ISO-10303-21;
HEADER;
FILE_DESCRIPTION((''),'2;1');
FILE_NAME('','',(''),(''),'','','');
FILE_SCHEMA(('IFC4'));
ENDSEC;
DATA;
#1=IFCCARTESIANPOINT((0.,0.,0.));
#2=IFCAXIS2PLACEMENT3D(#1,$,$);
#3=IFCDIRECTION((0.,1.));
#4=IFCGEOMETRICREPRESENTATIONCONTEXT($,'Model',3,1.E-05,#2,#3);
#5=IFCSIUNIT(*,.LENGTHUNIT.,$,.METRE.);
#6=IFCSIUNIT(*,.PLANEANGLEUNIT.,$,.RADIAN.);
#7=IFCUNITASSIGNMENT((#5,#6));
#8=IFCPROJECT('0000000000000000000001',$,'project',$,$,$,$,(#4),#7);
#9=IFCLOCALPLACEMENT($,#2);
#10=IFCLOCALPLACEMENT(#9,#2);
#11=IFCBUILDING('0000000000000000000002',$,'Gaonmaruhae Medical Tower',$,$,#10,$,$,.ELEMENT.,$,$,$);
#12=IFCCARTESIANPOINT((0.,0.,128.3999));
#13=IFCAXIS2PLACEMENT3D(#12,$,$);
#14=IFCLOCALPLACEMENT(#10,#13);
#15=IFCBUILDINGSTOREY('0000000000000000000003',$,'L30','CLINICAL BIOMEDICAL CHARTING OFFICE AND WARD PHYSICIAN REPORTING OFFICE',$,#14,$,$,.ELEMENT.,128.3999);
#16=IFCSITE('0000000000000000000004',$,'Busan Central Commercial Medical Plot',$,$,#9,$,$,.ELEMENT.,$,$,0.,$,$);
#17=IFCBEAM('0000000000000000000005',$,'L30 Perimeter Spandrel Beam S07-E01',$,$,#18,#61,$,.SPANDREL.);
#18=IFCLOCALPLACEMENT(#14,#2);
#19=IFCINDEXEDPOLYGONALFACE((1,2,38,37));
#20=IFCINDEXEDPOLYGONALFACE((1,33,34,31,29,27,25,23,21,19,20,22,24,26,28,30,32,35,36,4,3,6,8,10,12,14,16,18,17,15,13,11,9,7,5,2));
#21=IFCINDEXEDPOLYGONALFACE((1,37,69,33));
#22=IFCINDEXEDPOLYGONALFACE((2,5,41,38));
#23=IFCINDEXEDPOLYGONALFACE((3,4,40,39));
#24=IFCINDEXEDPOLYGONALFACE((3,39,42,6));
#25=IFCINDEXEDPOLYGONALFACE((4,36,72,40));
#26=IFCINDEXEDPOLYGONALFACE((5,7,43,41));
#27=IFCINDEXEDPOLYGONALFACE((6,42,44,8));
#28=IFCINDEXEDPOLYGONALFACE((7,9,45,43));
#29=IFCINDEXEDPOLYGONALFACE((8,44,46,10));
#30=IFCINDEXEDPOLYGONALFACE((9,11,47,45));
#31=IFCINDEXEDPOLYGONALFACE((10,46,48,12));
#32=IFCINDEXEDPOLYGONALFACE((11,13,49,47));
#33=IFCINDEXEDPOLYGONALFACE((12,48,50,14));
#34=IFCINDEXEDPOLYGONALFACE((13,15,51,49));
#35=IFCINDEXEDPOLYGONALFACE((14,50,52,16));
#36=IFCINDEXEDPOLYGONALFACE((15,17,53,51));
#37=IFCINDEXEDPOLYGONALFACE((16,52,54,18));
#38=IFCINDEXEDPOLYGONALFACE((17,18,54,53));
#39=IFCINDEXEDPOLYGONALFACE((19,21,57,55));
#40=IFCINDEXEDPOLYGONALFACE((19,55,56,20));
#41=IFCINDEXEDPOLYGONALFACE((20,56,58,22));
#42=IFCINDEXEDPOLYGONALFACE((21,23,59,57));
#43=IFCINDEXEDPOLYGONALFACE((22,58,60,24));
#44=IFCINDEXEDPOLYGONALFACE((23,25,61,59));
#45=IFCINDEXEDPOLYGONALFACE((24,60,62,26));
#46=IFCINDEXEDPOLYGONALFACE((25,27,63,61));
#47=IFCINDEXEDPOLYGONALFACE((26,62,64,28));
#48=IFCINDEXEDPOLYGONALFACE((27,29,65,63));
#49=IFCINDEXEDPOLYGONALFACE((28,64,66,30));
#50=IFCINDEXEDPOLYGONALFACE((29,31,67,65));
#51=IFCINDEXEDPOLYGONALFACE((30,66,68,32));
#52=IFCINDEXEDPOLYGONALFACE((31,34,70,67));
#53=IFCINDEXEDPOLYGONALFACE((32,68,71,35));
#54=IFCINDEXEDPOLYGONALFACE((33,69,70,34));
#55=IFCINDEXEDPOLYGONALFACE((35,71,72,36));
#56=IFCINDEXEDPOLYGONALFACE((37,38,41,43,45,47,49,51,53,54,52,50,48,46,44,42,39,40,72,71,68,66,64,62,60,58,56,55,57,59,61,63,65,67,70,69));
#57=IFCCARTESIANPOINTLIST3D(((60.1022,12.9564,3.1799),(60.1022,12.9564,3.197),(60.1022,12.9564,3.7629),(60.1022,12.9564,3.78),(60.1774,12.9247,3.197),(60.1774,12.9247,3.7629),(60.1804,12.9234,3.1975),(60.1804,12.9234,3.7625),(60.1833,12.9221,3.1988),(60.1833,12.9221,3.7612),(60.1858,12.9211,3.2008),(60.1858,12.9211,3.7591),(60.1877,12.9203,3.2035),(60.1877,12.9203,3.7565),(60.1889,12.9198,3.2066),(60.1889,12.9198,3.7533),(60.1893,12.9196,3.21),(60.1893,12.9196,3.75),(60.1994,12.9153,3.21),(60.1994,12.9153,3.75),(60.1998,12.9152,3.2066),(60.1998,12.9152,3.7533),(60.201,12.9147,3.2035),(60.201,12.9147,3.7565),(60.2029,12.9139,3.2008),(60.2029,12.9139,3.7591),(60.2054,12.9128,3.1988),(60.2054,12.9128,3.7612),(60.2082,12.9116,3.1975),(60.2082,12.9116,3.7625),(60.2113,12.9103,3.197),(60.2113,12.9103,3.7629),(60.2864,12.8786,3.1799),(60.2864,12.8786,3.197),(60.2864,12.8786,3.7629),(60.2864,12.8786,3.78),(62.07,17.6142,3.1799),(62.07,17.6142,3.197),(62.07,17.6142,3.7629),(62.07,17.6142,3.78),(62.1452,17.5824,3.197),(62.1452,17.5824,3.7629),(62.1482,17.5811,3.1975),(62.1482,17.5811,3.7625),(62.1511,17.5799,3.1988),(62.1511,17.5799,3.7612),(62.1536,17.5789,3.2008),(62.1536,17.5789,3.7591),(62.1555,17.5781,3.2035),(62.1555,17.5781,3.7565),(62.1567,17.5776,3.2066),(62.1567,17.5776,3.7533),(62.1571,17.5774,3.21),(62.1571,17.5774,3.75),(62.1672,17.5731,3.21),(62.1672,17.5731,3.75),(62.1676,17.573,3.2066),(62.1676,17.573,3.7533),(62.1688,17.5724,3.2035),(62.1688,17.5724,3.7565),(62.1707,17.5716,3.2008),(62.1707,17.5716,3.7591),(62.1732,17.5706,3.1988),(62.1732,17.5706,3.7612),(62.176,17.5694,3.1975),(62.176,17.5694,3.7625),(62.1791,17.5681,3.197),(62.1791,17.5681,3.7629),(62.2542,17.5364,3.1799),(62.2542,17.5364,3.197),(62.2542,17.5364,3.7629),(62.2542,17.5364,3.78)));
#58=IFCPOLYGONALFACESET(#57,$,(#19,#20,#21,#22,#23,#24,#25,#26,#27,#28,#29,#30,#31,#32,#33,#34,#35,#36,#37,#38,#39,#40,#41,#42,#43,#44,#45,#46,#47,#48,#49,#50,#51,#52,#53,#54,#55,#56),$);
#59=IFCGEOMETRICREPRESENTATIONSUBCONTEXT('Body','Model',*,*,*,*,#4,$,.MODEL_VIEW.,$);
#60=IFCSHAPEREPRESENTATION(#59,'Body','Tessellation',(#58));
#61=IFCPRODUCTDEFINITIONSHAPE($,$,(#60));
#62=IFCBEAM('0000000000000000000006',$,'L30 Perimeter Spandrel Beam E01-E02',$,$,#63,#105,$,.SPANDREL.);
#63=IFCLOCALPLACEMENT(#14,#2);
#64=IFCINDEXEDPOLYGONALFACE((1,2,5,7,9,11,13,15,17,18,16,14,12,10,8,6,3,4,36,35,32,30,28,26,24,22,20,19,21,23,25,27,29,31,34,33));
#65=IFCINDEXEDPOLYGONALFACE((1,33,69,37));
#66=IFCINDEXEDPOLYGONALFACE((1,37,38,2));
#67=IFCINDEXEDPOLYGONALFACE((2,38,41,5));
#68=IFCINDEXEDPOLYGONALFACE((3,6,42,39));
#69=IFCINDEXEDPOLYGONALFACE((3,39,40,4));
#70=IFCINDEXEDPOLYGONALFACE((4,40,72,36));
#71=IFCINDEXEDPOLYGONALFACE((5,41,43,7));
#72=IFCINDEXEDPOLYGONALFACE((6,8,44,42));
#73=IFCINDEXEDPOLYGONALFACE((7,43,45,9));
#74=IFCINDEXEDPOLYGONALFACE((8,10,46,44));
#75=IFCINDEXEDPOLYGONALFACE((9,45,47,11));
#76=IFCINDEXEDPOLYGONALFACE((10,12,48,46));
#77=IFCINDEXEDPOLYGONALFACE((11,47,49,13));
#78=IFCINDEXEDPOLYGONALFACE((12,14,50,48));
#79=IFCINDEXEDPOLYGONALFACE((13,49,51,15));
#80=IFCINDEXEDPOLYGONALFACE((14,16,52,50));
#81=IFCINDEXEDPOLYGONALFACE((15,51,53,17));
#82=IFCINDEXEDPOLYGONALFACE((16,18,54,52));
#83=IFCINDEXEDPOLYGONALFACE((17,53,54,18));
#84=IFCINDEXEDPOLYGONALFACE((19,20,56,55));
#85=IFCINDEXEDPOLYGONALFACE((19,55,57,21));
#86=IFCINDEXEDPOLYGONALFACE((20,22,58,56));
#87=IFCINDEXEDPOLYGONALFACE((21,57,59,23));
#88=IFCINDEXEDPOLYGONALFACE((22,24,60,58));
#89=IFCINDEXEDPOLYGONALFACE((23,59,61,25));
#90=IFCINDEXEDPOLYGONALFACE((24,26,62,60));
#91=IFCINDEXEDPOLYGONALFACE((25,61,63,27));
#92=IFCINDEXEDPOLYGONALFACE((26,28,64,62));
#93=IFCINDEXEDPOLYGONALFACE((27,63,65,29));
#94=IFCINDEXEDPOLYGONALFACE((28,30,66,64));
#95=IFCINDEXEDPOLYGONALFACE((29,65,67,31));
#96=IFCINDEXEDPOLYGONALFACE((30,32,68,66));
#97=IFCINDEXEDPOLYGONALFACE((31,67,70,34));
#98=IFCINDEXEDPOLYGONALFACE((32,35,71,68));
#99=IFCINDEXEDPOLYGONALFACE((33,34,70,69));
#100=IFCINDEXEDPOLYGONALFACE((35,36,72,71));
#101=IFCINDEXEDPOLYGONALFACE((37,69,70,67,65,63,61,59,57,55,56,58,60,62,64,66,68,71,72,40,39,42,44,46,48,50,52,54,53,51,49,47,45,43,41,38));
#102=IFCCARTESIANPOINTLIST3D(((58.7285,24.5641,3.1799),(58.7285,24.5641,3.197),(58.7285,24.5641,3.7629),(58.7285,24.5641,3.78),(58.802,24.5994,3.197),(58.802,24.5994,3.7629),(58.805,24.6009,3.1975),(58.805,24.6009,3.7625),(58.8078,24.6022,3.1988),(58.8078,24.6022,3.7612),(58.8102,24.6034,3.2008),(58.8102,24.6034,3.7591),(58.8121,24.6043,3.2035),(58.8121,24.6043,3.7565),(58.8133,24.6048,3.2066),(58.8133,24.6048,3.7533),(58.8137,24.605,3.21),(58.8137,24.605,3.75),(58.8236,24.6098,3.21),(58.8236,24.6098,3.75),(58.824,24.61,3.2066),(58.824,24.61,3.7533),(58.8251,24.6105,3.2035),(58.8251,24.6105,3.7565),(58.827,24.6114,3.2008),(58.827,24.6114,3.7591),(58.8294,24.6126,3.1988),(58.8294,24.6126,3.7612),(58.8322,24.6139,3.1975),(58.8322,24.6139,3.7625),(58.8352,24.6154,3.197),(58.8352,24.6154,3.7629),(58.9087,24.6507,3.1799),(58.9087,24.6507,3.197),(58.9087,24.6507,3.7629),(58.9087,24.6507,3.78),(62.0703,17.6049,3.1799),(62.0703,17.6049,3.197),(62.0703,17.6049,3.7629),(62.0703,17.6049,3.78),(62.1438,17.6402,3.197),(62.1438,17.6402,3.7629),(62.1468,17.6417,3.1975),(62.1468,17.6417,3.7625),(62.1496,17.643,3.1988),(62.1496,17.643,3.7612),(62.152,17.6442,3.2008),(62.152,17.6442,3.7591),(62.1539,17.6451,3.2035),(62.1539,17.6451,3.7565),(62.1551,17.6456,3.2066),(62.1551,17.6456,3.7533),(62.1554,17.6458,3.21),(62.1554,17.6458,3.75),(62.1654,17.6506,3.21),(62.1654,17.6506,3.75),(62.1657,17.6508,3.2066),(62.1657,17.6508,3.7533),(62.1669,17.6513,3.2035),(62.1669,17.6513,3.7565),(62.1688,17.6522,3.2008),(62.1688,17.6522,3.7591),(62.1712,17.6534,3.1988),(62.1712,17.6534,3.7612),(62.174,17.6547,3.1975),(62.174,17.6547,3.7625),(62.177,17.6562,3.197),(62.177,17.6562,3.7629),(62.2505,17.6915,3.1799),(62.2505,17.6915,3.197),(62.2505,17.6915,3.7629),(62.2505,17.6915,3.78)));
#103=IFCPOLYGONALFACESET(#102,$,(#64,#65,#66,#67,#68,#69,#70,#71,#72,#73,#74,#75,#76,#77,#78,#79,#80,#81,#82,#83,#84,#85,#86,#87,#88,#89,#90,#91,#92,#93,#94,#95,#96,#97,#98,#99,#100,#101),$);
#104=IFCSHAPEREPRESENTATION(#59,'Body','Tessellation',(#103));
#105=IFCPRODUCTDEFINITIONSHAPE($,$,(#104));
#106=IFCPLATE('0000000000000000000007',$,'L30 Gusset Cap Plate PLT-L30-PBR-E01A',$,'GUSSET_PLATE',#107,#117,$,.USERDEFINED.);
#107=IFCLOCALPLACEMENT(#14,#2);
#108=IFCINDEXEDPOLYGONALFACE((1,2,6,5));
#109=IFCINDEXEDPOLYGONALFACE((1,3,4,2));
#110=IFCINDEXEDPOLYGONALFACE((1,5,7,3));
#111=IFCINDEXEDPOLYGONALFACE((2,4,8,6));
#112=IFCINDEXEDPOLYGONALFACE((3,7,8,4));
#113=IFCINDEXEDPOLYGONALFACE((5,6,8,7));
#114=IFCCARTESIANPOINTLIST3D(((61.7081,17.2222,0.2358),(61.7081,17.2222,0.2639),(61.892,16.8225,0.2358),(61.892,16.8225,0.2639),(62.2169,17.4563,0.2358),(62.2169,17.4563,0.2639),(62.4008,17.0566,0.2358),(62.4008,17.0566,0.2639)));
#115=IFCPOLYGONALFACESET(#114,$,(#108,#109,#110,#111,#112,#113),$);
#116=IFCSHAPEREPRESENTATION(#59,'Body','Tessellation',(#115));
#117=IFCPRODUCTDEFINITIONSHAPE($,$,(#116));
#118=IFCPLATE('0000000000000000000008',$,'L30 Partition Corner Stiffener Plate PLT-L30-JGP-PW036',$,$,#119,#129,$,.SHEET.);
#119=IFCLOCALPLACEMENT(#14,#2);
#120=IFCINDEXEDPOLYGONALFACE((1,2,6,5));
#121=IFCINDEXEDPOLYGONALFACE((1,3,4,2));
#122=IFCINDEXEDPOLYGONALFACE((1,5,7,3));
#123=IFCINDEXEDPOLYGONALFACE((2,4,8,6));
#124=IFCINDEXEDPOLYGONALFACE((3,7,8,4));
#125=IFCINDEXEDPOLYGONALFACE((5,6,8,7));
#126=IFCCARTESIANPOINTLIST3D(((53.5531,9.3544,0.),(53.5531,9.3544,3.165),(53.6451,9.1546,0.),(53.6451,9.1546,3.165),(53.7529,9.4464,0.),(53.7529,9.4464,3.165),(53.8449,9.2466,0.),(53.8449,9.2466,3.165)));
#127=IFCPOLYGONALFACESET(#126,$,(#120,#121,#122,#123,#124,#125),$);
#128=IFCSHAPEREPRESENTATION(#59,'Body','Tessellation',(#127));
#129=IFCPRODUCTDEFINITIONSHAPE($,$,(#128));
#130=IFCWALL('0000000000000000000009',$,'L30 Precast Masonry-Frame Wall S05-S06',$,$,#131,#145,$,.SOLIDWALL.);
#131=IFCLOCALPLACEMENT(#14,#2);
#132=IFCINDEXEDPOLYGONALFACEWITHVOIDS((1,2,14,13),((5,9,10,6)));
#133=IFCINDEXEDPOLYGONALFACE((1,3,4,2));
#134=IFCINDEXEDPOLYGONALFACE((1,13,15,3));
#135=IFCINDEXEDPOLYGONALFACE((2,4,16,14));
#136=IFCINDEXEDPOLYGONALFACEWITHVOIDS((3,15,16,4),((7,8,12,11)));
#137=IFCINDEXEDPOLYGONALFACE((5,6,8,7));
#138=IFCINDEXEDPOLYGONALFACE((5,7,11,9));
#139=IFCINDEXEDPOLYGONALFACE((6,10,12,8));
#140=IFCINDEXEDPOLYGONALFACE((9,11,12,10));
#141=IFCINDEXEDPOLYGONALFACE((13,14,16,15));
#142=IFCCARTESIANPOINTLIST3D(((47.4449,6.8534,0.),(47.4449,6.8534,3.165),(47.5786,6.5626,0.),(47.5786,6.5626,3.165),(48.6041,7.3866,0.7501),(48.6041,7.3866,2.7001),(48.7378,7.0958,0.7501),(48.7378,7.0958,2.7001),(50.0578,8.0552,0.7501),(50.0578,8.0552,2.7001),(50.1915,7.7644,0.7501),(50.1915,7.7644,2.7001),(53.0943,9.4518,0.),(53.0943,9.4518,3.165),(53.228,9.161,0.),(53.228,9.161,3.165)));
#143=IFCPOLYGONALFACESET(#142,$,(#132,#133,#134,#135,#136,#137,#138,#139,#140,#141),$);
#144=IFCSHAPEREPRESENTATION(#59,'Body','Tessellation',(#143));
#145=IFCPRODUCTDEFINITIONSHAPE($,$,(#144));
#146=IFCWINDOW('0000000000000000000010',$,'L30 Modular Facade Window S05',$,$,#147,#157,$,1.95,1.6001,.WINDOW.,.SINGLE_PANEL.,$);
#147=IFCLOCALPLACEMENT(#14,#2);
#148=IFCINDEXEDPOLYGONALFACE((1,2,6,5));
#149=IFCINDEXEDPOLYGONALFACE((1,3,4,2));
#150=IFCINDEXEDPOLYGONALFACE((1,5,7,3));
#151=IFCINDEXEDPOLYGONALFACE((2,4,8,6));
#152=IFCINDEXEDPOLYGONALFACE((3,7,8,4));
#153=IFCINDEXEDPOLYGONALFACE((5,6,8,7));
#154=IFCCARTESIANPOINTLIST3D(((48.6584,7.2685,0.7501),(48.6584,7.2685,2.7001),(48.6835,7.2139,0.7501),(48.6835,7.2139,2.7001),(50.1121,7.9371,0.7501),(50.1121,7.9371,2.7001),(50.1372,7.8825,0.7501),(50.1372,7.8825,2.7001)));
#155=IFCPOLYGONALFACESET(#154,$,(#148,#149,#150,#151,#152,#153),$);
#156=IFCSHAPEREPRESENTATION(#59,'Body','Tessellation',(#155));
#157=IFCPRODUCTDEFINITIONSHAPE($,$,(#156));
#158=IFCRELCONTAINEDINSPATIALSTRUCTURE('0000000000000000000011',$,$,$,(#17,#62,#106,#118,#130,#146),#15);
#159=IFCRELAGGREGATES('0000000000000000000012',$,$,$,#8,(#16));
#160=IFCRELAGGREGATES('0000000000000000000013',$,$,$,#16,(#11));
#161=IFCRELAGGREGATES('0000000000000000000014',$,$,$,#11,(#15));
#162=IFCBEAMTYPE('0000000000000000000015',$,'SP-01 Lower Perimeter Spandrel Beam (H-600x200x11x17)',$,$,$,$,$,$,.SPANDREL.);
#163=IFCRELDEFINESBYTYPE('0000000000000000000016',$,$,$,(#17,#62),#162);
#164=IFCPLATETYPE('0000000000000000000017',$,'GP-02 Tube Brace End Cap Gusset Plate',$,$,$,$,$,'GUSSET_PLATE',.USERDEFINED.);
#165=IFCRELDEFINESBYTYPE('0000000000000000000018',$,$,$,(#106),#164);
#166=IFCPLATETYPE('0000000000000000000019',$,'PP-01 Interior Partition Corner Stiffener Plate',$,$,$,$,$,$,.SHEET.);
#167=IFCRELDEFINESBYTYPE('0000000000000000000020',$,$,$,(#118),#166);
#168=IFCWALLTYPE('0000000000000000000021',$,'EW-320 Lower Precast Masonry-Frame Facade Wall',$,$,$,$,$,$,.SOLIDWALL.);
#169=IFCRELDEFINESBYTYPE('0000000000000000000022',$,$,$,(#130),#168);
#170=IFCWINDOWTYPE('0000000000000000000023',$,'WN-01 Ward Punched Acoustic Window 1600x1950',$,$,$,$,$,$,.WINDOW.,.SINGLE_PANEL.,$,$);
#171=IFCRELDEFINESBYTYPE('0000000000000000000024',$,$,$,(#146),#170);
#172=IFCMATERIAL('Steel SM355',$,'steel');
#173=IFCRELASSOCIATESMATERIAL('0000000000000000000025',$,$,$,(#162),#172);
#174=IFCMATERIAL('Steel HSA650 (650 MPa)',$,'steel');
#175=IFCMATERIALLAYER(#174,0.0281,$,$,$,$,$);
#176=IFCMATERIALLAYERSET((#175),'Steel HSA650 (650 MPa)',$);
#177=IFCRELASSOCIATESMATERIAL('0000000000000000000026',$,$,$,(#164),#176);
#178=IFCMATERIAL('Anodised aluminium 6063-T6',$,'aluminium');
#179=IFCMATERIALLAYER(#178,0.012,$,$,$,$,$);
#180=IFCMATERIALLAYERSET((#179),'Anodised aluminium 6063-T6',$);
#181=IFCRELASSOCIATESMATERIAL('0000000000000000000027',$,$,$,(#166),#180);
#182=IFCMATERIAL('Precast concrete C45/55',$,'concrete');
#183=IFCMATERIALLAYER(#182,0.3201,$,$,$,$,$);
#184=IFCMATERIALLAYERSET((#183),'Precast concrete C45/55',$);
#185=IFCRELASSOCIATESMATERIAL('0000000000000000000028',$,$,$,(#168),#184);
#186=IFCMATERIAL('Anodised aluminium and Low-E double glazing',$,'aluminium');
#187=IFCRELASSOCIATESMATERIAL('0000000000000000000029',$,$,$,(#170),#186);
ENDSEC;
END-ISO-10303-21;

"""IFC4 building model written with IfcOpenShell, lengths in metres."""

from ifc_helpers import new_model, si_unit, direction, frame, frame_2d, origin, origin_2d, place, context, subcontext, project, spatial, rectangle, i_section, extrude, material, layer, layer_set, material_profile, profile_set, type_object, element, fill, save


model = new_model("IFC4")

# Units and contexts
model_context = context("Model", 3, precision=1e-05, world=origin(), true_north=direction((0.0, 1.0)))
body_context = subcontext(model_context, "Body", "Model", "MODEL_VIEW")
ifc_project = project(units=[si_unit("LENGTHUNIT", "METRE"), si_unit("PLANEANGLEUNIT", "RADIAN")], contexts=[model_context])

# Site, building, storey
site_placement = place(None, origin())
site = spatial("IfcSite", under=ifc_project, at=site_placement, Name="Busan Central Commercial Medical Plot", CompositionType="ELEMENT", RefElevation=0.0)
building_placement = place(site_placement, origin())
building = spatial("IfcBuilding", under=site, at=building_placement, Name="Gaonmaruhae Medical Tower", CompositionType="ELEMENT")
storey_placement = place(building_placement, frame((0.0, 0.0, 128.3999)))
storey = spatial("IfcBuildingStorey", under=building, at=storey_placement, Name="L30", Description="CLINICAL BIOMEDICAL CHARTING OFFICE AND WARD PHYSICIAN REPORTING OFFICE", CompositionType="ELEMENT", Elevation=128.3999)

# Beams
ifc_material_1 = material(Name="Steel SM355", Category="steel")
ifc_material_profile_1 = material_profile(ifc_material_1, i_section(OverallWidth=0.2, OverallDepth=0.6001, WebThickness=0.011, FlangeThickness=0.0171, FilletRadius=0.0129, at=origin_2d()), Name="H-600x200x11x17")
ifc_profile_set_1 = profile_set([ifc_material_profile_1], Name="Steel SM355")
beam_type = type_object("IfcBeamType", Name="SP-01 Lower Perimeter Spandrel Beam (H-600x200x11x17)", PredefinedType="SPANDREL", material=ifc_profile_set_1)
beam_1_placement = place(storey_placement, frame((60.1943, 12.9175, 3.48), z_axis=(0.389171, 0.921166, 0.0), x_axis=(-0.921166, 0.389171, 0.0)))
element("IfcBeam", 1, at=beam_1_placement, inside=storey, type_object=beam_type, Name="L30 Perimeter Spandrel Beam S07-E01", PredefinedType="SPANDREL", context=body_context, shape_type="SweptSolid", body=[
    extrude(i_section(OverallWidth=0.2, OverallDepth=0.6001, WebThickness=0.011, FlangeThickness=0.0171, FilletRadius=0.0129, at=origin_2d()), origin(), (0.0, 0.0, 1.0), 5.0564),
])
beam_2_placement = place(storey_placement, frame((62.1604, 17.6482, 3.48), z_axis=(-0.432875, 0.901454, 0.0), x_axis=(-0.901454, -0.432875, 0.0)))
element("IfcBeam", 2, at=beam_2_placement, inside=storey, type_object=beam_type, Name="L30 Perimeter Spandrel Beam E01-E02", PredefinedType="SPANDREL", context=body_context, shape_type="SweptSolid", body=[
    extrude(i_section(OverallWidth=0.2, OverallDepth=0.6001, WebThickness=0.011, FlangeThickness=0.0171, FilletRadius=0.0129, at=origin_2d()), origin(), (0.0, 0.0, 1.0), 7.72),
])

# Plates
ifc_material_2 = material(Name="Steel HSA650 (650 MPa)", Category="steel")
ifc_layer_1 = layer(ifc_material_2, 0.0281)
ifc_layer_set_1 = layer_set([ifc_layer_1], Name="Steel HSA650 (650 MPa)")
plate_type_1 = type_object("IfcPlateType", Name="GP-02 Tube Brace End Cap Gusset Plate", ElementType="GUSSET_PLATE", PredefinedType="USERDEFINED", material=ifc_layer_set_1)
plate_1_placement = place(storey_placement, frame((62.0544, 17.1394, 0.2358), z_axis=(0.0, 0.0, 1.0), x_axis=(0.908508, 0.417867, 0.0)))
element("IfcPlate", 3, at=plate_1_placement, inside=storey, type_object=plate_type_1, Name="L30 Gusset Cap Plate PLT-L30-PBR-E01A", ObjectType="GUSSET_PLATE", PredefinedType="USERDEFINED", context=body_context, shape_type="SweptSolid", body=[
    extrude(rectangle(XDim=0.5601, YDim=0.4399, at=origin_2d()), origin(), (0.0, 0.0, 1.0), 0.0281),
])
ifc_material_3 = material(Name="Anodised aluminium 6063-T6", Category="aluminium")
ifc_layer_2 = layer(ifc_material_3, 0.012)
ifc_layer_set_2 = layer_set([ifc_layer_2], Name="Anodised aluminium 6063-T6")
plate_type_2 = type_object("IfcPlateType", Name="PP-01 Interior Partition Corner Stiffener Plate", PredefinedType="SHEET", material=ifc_layer_set_2)
plate_2_placement = place(storey_placement, frame((53.699, 9.3005, 0.0), z_axis=(0.0, 0.0, 1.0), x_axis=(-0.908348, -0.418216, 0.0)))
element("IfcPlate", 4, at=plate_2_placement, inside=storey, type_object=plate_type_2, Name="L30 Partition Corner Stiffener Plate PLT-L30-JGP-PW036", PredefinedType="SHEET", context=body_context, shape_type="SweptSolid", body=[
    extrude(rectangle(XDim=0.22, YDim=0.22, at=origin_2d()), origin(), (0.0, 0.0, 1.0), 3.165),
])

# Wall, opening, window
ifc_material_4 = material(Name="Precast concrete C45/55", Category="concrete")
ifc_layer_3 = layer(ifc_material_4, 0.3201)
ifc_layer_set_3 = layer_set([ifc_layer_3], Name="Precast concrete C45/55")
wall_type_1 = type_object("IfcWallType", Name="EW-320 Lower Precast Masonry-Frame Facade Wall", PredefinedType="SOLIDWALL", material=ifc_layer_set_3)
wall_1_placement = place(storey_placement, frame((53.1611, 9.3064, 0.0), z_axis=(0.0, 0.0, 1.0), x_axis=(-0.908511, -0.41786, 0.0)))
wall_1 = element("IfcWall", 5, at=wall_1_placement, inside=storey, type_object=wall_type_1, Name="L30 Precast Masonry-Frame Wall S05-S06", PredefinedType="SOLIDWALL", context=body_context, shape_type="SweptSolid", body=[
    extrude(rectangle(XDim=6.2183, YDim=0.3201, at=frame_2d((3.1091, 0.0))), origin(), (0.0, 0.0, 1.0), 3.165),
])
opening_1_placement = place(wall_1_placement, frame((3.3423, 0.0, 0.75)))
opening_1 = element("IfcOpeningElement", 6, at=opening_1_placement, cuts=wall_1, PredefinedType="OPENING", context=body_context, shape_type="SweptSolid", body=[
    extrude(rectangle(XDim=1.6001, YDim=1.95, at=frame_2d((0.8, 0.9751))), frame((0.0, 0.1699, 0.0), z_axis=(0.0, -1.0, 0.0), x_axis=(1.0, 0.0, 0.0)), (0.0, 0.0, 1.0), 0.3401),
])
ifc_material_5 = material(Name="Anodised aluminium and Low-E double glazing", Category="aluminium")
window_type_1 = type_object("IfcWindowType", Name="WN-01 Ward Punched Acoustic Window 1600x1950", PartitioningType="SINGLE_PANEL", PredefinedType="WINDOW", material=ifc_material_5)
window_1_placement = place(opening_1_placement, origin())
window_1 = element("IfcWindow", 7, at=window_1_placement, inside=storey, type_object=window_type_1, Name="L30 Modular Facade Window S05", OverallHeight=1.95, OverallWidth=1.6001, PartitioningType="SINGLE_PANEL", PredefinedType="WINDOW", context=body_context, shape_type="SweptSolid", body=[
    extrude(rectangle(XDim=1.6001, YDim=1.95, at=frame_2d((0.8, 0.9751))), frame((0.0, 0.03, 0.0), z_axis=(0.0, -1.0, 0.0), x_axis=(1.0, 0.0, 0.0)), (0.0, 0.0, 1.0), 0.0601),
])
fill(opening_1, window_1)

save(model, "model.ifc")
